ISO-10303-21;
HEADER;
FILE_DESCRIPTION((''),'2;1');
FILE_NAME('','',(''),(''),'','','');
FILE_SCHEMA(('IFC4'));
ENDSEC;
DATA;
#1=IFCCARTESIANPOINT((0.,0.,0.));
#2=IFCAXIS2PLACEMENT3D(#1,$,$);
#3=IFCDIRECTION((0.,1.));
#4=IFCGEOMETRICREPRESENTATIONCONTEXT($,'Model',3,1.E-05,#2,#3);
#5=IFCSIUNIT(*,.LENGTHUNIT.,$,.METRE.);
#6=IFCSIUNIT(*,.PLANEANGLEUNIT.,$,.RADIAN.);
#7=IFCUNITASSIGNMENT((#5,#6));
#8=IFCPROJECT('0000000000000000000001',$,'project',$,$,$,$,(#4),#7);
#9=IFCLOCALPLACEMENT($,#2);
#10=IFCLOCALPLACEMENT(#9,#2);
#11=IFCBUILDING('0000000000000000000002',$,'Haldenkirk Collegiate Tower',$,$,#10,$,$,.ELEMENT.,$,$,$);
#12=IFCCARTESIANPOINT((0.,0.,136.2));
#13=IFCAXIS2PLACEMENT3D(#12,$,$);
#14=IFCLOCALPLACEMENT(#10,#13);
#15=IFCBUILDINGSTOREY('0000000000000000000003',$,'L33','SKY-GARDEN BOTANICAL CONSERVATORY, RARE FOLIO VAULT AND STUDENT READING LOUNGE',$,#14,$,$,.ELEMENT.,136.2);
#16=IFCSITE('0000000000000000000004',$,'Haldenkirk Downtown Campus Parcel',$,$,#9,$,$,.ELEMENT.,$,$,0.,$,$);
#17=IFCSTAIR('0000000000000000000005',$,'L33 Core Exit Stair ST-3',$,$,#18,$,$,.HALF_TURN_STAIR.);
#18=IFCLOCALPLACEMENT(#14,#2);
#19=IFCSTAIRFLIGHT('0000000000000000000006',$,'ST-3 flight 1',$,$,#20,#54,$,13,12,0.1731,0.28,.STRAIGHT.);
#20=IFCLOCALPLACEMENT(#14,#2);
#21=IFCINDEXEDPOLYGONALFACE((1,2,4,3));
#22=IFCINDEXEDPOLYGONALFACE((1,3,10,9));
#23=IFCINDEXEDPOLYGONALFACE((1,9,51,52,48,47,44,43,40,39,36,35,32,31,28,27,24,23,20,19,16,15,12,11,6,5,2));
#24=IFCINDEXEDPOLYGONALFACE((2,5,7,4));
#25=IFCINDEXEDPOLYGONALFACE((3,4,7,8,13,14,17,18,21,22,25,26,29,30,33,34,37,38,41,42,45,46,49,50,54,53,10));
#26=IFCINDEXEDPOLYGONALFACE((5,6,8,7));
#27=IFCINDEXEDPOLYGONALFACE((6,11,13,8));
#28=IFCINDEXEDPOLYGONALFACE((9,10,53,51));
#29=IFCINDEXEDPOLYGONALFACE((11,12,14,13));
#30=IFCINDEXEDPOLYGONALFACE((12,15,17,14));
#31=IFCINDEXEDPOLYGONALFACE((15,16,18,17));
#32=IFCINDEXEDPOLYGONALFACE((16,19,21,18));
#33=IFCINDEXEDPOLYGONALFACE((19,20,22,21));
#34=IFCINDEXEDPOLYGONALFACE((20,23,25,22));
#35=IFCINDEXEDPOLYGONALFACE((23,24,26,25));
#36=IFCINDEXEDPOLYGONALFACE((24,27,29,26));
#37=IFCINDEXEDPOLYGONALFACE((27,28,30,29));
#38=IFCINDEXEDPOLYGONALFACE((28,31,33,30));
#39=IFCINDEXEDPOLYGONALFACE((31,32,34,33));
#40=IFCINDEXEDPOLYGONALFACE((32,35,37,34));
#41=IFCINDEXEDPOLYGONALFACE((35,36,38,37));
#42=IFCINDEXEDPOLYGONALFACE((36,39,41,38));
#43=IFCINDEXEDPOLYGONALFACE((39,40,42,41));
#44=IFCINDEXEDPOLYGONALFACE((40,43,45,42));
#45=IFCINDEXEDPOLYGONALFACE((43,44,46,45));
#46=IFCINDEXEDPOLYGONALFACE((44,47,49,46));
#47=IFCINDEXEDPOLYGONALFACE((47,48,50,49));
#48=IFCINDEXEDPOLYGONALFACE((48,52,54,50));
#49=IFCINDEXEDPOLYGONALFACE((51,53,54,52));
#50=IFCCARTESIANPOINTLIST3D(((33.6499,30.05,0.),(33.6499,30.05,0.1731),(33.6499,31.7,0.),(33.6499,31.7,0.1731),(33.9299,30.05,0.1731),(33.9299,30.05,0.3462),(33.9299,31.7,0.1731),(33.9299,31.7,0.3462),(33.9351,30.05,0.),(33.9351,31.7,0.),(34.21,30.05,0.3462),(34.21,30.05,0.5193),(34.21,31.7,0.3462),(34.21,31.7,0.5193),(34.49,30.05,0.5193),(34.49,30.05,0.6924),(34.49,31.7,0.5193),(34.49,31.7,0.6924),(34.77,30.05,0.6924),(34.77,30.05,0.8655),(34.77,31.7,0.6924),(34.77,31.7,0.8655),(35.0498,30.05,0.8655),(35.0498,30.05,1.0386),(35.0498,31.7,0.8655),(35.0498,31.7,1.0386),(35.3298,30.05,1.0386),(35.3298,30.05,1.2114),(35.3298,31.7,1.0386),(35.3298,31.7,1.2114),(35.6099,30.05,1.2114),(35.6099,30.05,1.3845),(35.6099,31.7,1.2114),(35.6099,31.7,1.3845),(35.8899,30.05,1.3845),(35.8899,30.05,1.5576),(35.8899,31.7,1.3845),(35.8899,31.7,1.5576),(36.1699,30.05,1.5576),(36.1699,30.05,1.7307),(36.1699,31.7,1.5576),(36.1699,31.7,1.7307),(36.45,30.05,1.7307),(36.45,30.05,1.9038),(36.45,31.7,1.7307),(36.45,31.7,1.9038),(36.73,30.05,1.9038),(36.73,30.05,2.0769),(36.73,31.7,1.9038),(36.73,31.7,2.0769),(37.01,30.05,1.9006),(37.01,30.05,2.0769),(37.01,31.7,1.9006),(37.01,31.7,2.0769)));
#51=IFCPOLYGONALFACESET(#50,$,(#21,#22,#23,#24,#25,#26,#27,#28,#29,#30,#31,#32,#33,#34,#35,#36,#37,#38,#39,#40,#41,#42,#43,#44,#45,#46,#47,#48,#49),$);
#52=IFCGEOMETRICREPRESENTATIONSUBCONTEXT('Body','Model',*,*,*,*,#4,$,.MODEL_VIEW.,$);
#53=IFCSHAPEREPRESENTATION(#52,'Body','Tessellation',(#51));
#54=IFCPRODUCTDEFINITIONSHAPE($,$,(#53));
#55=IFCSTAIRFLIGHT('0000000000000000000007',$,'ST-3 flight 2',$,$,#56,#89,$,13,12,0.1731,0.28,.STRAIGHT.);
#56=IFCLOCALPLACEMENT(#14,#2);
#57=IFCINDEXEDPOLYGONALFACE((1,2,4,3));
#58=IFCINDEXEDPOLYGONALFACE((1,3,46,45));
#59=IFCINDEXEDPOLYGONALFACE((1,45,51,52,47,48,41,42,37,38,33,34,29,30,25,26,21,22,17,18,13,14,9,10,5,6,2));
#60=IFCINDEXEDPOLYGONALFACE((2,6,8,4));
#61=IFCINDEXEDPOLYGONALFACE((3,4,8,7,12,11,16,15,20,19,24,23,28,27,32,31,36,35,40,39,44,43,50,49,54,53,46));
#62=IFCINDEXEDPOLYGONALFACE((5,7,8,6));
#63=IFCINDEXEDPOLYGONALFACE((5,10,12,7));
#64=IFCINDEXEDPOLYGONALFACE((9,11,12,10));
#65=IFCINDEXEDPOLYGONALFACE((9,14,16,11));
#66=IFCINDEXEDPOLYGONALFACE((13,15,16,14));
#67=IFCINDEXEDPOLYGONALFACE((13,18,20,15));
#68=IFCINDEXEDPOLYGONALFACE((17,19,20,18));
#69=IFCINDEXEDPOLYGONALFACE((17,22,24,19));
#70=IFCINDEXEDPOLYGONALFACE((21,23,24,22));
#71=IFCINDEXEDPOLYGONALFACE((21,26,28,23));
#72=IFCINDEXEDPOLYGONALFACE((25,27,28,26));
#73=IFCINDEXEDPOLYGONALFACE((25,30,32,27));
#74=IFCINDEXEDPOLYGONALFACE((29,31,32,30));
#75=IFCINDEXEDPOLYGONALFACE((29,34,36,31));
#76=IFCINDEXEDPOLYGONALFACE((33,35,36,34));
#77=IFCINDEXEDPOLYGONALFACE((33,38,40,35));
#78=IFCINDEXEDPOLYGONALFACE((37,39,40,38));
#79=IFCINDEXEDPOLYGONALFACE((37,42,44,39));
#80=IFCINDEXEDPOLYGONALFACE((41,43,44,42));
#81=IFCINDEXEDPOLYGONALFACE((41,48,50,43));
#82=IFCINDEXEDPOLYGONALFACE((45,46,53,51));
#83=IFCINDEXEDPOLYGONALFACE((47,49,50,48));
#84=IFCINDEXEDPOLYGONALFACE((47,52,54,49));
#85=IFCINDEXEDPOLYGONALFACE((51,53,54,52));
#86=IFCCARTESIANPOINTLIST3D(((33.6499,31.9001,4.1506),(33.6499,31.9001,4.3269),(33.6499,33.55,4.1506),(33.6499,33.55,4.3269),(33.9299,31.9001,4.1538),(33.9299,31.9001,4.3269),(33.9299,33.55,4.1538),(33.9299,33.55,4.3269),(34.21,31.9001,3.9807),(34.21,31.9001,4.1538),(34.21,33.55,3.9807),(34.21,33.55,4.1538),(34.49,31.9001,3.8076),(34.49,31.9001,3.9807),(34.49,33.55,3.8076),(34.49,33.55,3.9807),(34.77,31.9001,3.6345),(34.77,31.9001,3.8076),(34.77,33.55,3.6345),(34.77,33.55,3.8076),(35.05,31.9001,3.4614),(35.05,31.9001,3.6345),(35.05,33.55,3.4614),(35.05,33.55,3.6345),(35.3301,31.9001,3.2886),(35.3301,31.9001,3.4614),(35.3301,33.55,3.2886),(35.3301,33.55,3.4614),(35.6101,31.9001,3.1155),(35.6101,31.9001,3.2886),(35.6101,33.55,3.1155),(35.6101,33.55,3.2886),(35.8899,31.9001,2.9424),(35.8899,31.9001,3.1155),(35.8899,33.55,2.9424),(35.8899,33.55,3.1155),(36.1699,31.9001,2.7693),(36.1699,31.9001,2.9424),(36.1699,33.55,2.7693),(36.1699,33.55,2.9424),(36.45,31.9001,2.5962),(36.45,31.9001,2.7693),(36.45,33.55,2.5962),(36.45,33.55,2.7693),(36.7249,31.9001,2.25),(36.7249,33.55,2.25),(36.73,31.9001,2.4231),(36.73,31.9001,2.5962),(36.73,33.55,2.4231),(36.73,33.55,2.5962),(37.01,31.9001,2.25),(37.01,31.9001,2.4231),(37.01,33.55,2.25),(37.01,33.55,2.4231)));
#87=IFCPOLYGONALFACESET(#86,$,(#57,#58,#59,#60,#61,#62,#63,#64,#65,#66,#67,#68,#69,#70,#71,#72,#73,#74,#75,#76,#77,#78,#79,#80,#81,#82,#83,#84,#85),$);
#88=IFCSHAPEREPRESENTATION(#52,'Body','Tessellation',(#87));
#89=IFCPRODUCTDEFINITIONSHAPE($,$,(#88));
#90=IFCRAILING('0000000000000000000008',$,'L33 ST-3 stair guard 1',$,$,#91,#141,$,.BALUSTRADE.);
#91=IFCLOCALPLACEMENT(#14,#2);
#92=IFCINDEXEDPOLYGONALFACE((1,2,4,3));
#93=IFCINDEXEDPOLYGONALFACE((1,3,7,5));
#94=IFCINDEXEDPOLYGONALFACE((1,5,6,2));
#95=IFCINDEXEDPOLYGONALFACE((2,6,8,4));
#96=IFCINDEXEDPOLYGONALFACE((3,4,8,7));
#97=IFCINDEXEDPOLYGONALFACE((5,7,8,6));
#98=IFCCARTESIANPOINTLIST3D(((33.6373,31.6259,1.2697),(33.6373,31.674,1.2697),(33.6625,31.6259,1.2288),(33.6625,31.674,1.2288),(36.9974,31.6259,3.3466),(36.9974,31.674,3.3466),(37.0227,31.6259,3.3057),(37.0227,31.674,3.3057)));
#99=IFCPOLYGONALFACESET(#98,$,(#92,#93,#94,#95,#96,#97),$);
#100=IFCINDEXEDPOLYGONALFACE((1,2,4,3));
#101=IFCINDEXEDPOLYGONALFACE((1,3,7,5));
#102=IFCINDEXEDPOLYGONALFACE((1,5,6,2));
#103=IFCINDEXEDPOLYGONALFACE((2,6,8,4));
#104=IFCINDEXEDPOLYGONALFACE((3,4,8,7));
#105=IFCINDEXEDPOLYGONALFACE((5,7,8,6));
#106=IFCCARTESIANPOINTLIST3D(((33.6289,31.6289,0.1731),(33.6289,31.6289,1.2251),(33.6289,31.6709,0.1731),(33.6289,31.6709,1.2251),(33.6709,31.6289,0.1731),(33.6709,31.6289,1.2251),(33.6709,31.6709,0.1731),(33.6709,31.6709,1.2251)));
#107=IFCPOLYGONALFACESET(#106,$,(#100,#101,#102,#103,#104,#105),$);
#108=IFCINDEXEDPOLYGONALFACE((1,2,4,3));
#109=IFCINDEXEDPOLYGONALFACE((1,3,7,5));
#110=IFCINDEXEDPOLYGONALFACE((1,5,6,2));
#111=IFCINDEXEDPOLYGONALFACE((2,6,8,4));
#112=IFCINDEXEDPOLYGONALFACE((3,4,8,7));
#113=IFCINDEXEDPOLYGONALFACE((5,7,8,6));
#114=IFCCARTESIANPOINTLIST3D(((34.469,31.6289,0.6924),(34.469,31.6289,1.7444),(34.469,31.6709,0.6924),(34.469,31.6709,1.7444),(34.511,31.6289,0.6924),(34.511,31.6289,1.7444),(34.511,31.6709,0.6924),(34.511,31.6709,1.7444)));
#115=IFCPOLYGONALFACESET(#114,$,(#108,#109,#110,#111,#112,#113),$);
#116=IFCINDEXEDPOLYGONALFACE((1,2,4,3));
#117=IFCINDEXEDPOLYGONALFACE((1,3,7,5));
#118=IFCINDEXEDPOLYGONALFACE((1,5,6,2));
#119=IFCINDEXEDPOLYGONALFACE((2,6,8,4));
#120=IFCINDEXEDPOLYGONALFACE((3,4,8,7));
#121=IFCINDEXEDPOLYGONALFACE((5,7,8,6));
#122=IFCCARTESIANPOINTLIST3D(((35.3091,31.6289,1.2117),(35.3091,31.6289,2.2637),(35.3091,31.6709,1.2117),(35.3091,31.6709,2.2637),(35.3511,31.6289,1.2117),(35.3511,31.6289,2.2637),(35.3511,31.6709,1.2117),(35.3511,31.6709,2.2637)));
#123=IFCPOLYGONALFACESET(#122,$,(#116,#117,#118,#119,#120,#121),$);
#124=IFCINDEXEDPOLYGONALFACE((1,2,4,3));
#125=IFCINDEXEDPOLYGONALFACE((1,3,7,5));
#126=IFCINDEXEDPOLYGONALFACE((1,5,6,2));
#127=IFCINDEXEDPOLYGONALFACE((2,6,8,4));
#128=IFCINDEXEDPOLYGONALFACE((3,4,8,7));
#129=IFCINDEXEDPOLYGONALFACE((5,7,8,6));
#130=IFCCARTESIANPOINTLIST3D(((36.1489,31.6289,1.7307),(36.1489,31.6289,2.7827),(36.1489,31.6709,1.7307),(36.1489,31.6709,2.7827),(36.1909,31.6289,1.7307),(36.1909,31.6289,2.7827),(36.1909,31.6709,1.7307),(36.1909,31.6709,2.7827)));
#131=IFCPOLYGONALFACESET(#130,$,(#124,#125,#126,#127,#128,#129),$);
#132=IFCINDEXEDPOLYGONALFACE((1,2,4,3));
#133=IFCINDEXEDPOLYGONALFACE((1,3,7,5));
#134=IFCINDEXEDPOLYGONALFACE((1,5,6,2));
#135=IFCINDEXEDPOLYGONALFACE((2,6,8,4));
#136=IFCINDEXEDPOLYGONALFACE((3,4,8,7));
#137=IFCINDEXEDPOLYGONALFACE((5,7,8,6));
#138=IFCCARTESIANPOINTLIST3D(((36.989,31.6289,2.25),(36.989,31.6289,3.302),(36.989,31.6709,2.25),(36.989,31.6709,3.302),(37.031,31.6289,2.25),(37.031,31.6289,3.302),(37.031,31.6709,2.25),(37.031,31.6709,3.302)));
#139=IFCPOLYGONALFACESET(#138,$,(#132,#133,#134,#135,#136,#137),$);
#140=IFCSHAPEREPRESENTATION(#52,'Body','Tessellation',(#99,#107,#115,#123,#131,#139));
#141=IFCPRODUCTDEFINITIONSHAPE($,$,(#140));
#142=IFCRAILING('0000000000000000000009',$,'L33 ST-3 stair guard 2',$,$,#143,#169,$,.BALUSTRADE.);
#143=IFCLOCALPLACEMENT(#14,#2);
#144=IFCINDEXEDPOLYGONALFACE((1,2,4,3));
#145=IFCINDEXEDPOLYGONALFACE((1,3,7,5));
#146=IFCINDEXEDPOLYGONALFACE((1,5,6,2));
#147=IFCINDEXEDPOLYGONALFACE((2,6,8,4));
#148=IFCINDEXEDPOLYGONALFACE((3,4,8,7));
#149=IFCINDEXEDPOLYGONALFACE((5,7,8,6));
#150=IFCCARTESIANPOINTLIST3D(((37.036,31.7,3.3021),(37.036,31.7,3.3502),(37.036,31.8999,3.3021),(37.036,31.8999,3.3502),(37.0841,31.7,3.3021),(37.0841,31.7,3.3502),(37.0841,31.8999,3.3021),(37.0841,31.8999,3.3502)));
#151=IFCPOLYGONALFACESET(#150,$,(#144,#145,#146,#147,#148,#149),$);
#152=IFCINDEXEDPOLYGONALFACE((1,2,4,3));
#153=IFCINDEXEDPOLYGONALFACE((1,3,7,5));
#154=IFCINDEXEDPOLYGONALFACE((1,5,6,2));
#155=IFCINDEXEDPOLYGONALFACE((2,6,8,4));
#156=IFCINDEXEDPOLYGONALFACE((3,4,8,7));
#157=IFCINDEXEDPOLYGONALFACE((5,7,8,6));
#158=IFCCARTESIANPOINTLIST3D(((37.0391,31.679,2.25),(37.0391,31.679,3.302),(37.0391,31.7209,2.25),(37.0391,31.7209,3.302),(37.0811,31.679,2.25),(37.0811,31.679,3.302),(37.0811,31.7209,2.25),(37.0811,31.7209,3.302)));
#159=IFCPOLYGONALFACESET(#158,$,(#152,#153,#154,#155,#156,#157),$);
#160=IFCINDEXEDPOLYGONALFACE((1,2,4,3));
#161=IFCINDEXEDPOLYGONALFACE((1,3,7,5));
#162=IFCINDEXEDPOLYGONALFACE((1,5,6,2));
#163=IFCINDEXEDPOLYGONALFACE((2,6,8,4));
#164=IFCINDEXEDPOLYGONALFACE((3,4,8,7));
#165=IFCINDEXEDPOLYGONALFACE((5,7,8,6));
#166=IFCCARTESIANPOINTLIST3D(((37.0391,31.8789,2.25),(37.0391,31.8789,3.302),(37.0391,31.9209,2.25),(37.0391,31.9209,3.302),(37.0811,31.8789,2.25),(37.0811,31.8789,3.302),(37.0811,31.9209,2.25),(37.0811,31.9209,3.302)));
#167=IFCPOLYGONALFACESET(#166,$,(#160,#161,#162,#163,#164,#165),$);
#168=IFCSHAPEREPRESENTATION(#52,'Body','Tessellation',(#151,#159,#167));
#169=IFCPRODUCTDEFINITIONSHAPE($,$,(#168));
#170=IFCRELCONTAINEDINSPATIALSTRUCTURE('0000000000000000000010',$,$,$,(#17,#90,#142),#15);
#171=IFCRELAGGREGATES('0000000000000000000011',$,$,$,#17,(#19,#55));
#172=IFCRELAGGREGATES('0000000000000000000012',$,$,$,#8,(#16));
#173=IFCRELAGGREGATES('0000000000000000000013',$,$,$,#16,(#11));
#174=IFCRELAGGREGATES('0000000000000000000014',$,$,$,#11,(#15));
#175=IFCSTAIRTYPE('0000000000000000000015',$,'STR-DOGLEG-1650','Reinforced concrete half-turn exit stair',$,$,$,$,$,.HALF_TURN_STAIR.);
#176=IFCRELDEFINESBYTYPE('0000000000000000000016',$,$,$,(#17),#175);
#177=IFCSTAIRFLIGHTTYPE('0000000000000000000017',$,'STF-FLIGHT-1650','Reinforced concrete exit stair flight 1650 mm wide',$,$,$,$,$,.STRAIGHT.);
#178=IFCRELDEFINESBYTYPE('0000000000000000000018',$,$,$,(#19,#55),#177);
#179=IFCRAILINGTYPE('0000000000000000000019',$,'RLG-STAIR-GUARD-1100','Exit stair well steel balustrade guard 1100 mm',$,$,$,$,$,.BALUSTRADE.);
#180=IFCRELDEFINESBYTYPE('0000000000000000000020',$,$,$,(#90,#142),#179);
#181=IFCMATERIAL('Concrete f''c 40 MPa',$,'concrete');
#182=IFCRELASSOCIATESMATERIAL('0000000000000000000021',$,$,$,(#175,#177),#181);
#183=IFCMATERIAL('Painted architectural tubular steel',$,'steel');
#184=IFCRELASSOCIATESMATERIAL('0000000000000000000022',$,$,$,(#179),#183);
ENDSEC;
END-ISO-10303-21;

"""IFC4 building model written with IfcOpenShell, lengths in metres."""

from ifc_helpers import new_model, si_unit, direction, frame, origin, origin_2d, place, context, subcontext, project, spatial, polyline, rectangle, outline, extrude, material, type_object, element, aggregate, save


model = new_model("IFC4")

# Units and contexts
model_context = context("Model", 3, precision=1e-05, world=origin(), true_north=direction((0.0, 1.0)))
body_context = subcontext(model_context, "Body", "Model", "MODEL_VIEW")
ifc_project = project(units=[si_unit("LENGTHUNIT", "METRE"), si_unit("PLANEANGLEUNIT", "RADIAN")], contexts=[model_context])

# Site, building, storey
site_placement = place(None, origin())
site = spatial("IfcSite", under=ifc_project, at=site_placement, Name="Haldenkirk Downtown Campus Parcel", CompositionType="ELEMENT", RefElevation=0.0)
building_placement = place(site_placement, origin())
building = spatial("IfcBuilding", under=site, at=building_placement, Name="Haldenkirk Collegiate Tower", CompositionType="ELEMENT")
storey_placement = place(building_placement, frame((0.0, 0.0, 136.2)))
storey = spatial("IfcBuildingStorey", under=building, at=storey_placement, Name="L33", Description="SKY-GARDEN BOTANICAL CONSERVATORY, RARE FOLIO VAULT AND STUDENT READING LOUNGE", CompositionType="ELEMENT", Elevation=136.2)

# Stair, stair flights
ifc_material_1 = material(Name="Concrete f'c 40 MPa", Category="concrete")
stair_type = type_object("IfcStairType", Name="STR-DOGLEG-1650", Description="Reinforced concrete half-turn exit stair", PredefinedType="HALF_TURN_STAIR", material=ifc_material_1)
stair_placement = place(storey_placement, origin())
stair = element("IfcStair", 1, at=stair_placement, inside=storey, type_object=stair_type, Name="L33 Core Exit Stair ST-3", PredefinedType="HALF_TURN_STAIR")
stair_flight_type = type_object("IfcStairFlightType", Name="STF-FLIGHT-1650", Description="Reinforced concrete exit stair flight 1650 mm wide", PredefinedType="STRAIGHT", material=ifc_material_1)
stair_flight_1_placement = place(storey_placement, frame((33.6499, 30.875, 0.0), z_axis=(0.0, 0.0, 1.0), x_axis=(1.0, 0.0, 0.0)))
stair_flight_1 = element("IfcStairFlight", 2, at=stair_flight_1_placement, type_object=stair_flight_type, Name="ST-3 flight 1", NumberOfRisers=13, NumberOfTreads=12, PredefinedType="STRAIGHT", RiserHeight=0.1731, TreadLength=0.28, context=body_context, shape_type="SweptSolid", body=[
    extrude(outline(polyline([(0.0, 0.0), (0.0, 0.1731), (0.28, 0.1731), (0.28, 0.3462), (0.5601, 0.3462), (0.5601, 0.5193), (0.8401, 0.5193), (0.8401, 0.6924), (1.1201, 0.6924), (1.1201, 0.8655), (1.3999, 0.8655), (1.3999, 1.0386), (1.6799, 1.0386), (1.6799, 1.2114), (1.96, 1.2114), (1.96, 1.3845), (2.24, 1.3845), (2.24, 1.5576), (2.52, 1.5576), (2.52, 1.7307), (2.8, 1.7307), (2.8, 1.9038), (3.0801, 1.9038), (3.0801, 2.0769), (3.3601, 2.0769), (3.3601, 2.25), (3.3601, 1.9006), (0.2852, 0.0), (0.0, 0.0)])), frame((0.0, 0.825, 0.0), z_axis=(0.0, -1.0, 0.0), x_axis=(1.0, 0.0, 0.0)), (0.0, 0.0, 1.0), 1.6499),
])
stair_flight_2_placement = place(storey_placement, frame((37.01, 32.7251, 2.25), z_axis=(0.0, 0.0, 1.0), x_axis=(-1.0, 0.0, 0.0)))
stair_flight_2 = element("IfcStairFlight", 3, at=stair_flight_2_placement, type_object=stair_flight_type, Name="ST-3 flight 2", NumberOfRisers=13, NumberOfTreads=12, PredefinedType="STRAIGHT", RiserHeight=0.1731, TreadLength=0.28, context=body_context, shape_type="SweptSolid", body=[
    extrude(outline(polyline([(0.0, 0.0), (0.0, 0.1731), (0.28, 0.1731), (0.28, 0.3462), (0.5601, 0.3462), (0.5601, 0.5193), (0.8401, 0.5193), (0.8401, 0.6924), (1.1201, 0.6924), (1.1201, 0.8655), (1.3999, 0.8655), (1.3999, 1.0386), (1.6799, 1.0386), (1.6799, 1.2114), (1.96, 1.2114), (1.96, 1.3845), (2.24, 1.3845), (2.24, 1.5576), (2.52, 1.5576), (2.52, 1.7307), (2.8, 1.7307), (2.8, 1.9038), (3.0801, 1.9038), (3.0801, 2.0769), (3.3601, 2.0769), (3.3601, 2.25), (3.3601, 1.9006), (0.2852, 0.0), (0.0, 0.0)])), frame((0.0, 0.825, 0.0), z_axis=(0.0, -1.0, 0.0), x_axis=(1.0, 0.0, 0.0)), (0.0, 0.0, 1.0), 1.6499),
])
aggregate(stair, [stair_flight_1, stair_flight_2])

# Railings
ifc_material_2 = material(Name="Painted architectural tubular steel", Category="steel")
railing_type_1 = type_object("IfcRailingType", Name="RLG-STAIR-GUARD-1100", Description="Exit stair well steel balustrade guard 1100 mm", PredefinedType="BALUSTRADE", material=ifc_material_2)
railing_1_placement = place(storey_placement, frame((33.6499, 31.6499, 0.1731)))
element("IfcRailing", 4, at=railing_1_placement, inside=storey, type_object=railing_type_1, Name="L33 ST-3 stair guard 1", PredefinedType="BALUSTRADE", context=body_context, shape_type="SweptSolid", body=[
    extrude(rectangle(XDim=0.0481, YDim=0.0481, at=origin_2d()), frame((0.0, 0.0, 1.0762), z_axis=(0.850623, 0.0, 0.525776), x_axis=(0.0, 1.0, 0.0)), (0.0, 0.0, 1.0), 3.9502),
    extrude(rectangle(XDim=0.042, YDim=0.042, at=origin_2d()), origin(), (0.0, 0.0, 1.0), 1.052),
    extrude(rectangle(XDim=0.042, YDim=0.042, at=origin_2d()), frame((0.8401, 0.0, 0.5193)), (0.0, 0.0, 1.0), 1.052),
    extrude(rectangle(XDim=0.042, YDim=0.042, at=origin_2d()), frame((1.6802, 0.0, 1.0386)), (0.0, 0.0, 1.0), 1.052),
    extrude(rectangle(XDim=0.042, YDim=0.042, at=origin_2d()), frame((2.52, 0.0, 1.5576)), (0.0, 0.0, 1.0), 1.052),
    extrude(rectangle(XDim=0.042, YDim=0.042, at=origin_2d()), frame((3.3601, 0.0, 2.0769)), (0.0, 0.0, 1.0), 1.052),
])
railing_2_placement = place(storey_placement, frame((37.0601, 31.7, 2.25)))
element("IfcRailing", 5, at=railing_2_placement, inside=storey, type_object=railing_type_1, Name="L33 ST-3 stair guard 2", PredefinedType="BALUSTRADE", context=body_context, shape_type="SweptSolid", body=[
    extrude(rectangle(XDim=0.0481, YDim=0.0481, at=origin_2d()), frame((0.0, 0.0, 1.0762), z_axis=(0.0, 1.0, 0.0), x_axis=(-1.0, 0.0, 0.0)), (0.0, 0.0, 1.0), 0.2),
    extrude(rectangle(XDim=0.042, YDim=0.042, at=origin_2d()), origin(), (0.0, 0.0, 1.0), 1.052),
    extrude(rectangle(XDim=0.042, YDim=0.042, at=origin_2d()), frame((0.0, 0.2, 0.0)), (0.0, 0.0, 1.0), 1.052),
])

save(model, "model.ifc")
